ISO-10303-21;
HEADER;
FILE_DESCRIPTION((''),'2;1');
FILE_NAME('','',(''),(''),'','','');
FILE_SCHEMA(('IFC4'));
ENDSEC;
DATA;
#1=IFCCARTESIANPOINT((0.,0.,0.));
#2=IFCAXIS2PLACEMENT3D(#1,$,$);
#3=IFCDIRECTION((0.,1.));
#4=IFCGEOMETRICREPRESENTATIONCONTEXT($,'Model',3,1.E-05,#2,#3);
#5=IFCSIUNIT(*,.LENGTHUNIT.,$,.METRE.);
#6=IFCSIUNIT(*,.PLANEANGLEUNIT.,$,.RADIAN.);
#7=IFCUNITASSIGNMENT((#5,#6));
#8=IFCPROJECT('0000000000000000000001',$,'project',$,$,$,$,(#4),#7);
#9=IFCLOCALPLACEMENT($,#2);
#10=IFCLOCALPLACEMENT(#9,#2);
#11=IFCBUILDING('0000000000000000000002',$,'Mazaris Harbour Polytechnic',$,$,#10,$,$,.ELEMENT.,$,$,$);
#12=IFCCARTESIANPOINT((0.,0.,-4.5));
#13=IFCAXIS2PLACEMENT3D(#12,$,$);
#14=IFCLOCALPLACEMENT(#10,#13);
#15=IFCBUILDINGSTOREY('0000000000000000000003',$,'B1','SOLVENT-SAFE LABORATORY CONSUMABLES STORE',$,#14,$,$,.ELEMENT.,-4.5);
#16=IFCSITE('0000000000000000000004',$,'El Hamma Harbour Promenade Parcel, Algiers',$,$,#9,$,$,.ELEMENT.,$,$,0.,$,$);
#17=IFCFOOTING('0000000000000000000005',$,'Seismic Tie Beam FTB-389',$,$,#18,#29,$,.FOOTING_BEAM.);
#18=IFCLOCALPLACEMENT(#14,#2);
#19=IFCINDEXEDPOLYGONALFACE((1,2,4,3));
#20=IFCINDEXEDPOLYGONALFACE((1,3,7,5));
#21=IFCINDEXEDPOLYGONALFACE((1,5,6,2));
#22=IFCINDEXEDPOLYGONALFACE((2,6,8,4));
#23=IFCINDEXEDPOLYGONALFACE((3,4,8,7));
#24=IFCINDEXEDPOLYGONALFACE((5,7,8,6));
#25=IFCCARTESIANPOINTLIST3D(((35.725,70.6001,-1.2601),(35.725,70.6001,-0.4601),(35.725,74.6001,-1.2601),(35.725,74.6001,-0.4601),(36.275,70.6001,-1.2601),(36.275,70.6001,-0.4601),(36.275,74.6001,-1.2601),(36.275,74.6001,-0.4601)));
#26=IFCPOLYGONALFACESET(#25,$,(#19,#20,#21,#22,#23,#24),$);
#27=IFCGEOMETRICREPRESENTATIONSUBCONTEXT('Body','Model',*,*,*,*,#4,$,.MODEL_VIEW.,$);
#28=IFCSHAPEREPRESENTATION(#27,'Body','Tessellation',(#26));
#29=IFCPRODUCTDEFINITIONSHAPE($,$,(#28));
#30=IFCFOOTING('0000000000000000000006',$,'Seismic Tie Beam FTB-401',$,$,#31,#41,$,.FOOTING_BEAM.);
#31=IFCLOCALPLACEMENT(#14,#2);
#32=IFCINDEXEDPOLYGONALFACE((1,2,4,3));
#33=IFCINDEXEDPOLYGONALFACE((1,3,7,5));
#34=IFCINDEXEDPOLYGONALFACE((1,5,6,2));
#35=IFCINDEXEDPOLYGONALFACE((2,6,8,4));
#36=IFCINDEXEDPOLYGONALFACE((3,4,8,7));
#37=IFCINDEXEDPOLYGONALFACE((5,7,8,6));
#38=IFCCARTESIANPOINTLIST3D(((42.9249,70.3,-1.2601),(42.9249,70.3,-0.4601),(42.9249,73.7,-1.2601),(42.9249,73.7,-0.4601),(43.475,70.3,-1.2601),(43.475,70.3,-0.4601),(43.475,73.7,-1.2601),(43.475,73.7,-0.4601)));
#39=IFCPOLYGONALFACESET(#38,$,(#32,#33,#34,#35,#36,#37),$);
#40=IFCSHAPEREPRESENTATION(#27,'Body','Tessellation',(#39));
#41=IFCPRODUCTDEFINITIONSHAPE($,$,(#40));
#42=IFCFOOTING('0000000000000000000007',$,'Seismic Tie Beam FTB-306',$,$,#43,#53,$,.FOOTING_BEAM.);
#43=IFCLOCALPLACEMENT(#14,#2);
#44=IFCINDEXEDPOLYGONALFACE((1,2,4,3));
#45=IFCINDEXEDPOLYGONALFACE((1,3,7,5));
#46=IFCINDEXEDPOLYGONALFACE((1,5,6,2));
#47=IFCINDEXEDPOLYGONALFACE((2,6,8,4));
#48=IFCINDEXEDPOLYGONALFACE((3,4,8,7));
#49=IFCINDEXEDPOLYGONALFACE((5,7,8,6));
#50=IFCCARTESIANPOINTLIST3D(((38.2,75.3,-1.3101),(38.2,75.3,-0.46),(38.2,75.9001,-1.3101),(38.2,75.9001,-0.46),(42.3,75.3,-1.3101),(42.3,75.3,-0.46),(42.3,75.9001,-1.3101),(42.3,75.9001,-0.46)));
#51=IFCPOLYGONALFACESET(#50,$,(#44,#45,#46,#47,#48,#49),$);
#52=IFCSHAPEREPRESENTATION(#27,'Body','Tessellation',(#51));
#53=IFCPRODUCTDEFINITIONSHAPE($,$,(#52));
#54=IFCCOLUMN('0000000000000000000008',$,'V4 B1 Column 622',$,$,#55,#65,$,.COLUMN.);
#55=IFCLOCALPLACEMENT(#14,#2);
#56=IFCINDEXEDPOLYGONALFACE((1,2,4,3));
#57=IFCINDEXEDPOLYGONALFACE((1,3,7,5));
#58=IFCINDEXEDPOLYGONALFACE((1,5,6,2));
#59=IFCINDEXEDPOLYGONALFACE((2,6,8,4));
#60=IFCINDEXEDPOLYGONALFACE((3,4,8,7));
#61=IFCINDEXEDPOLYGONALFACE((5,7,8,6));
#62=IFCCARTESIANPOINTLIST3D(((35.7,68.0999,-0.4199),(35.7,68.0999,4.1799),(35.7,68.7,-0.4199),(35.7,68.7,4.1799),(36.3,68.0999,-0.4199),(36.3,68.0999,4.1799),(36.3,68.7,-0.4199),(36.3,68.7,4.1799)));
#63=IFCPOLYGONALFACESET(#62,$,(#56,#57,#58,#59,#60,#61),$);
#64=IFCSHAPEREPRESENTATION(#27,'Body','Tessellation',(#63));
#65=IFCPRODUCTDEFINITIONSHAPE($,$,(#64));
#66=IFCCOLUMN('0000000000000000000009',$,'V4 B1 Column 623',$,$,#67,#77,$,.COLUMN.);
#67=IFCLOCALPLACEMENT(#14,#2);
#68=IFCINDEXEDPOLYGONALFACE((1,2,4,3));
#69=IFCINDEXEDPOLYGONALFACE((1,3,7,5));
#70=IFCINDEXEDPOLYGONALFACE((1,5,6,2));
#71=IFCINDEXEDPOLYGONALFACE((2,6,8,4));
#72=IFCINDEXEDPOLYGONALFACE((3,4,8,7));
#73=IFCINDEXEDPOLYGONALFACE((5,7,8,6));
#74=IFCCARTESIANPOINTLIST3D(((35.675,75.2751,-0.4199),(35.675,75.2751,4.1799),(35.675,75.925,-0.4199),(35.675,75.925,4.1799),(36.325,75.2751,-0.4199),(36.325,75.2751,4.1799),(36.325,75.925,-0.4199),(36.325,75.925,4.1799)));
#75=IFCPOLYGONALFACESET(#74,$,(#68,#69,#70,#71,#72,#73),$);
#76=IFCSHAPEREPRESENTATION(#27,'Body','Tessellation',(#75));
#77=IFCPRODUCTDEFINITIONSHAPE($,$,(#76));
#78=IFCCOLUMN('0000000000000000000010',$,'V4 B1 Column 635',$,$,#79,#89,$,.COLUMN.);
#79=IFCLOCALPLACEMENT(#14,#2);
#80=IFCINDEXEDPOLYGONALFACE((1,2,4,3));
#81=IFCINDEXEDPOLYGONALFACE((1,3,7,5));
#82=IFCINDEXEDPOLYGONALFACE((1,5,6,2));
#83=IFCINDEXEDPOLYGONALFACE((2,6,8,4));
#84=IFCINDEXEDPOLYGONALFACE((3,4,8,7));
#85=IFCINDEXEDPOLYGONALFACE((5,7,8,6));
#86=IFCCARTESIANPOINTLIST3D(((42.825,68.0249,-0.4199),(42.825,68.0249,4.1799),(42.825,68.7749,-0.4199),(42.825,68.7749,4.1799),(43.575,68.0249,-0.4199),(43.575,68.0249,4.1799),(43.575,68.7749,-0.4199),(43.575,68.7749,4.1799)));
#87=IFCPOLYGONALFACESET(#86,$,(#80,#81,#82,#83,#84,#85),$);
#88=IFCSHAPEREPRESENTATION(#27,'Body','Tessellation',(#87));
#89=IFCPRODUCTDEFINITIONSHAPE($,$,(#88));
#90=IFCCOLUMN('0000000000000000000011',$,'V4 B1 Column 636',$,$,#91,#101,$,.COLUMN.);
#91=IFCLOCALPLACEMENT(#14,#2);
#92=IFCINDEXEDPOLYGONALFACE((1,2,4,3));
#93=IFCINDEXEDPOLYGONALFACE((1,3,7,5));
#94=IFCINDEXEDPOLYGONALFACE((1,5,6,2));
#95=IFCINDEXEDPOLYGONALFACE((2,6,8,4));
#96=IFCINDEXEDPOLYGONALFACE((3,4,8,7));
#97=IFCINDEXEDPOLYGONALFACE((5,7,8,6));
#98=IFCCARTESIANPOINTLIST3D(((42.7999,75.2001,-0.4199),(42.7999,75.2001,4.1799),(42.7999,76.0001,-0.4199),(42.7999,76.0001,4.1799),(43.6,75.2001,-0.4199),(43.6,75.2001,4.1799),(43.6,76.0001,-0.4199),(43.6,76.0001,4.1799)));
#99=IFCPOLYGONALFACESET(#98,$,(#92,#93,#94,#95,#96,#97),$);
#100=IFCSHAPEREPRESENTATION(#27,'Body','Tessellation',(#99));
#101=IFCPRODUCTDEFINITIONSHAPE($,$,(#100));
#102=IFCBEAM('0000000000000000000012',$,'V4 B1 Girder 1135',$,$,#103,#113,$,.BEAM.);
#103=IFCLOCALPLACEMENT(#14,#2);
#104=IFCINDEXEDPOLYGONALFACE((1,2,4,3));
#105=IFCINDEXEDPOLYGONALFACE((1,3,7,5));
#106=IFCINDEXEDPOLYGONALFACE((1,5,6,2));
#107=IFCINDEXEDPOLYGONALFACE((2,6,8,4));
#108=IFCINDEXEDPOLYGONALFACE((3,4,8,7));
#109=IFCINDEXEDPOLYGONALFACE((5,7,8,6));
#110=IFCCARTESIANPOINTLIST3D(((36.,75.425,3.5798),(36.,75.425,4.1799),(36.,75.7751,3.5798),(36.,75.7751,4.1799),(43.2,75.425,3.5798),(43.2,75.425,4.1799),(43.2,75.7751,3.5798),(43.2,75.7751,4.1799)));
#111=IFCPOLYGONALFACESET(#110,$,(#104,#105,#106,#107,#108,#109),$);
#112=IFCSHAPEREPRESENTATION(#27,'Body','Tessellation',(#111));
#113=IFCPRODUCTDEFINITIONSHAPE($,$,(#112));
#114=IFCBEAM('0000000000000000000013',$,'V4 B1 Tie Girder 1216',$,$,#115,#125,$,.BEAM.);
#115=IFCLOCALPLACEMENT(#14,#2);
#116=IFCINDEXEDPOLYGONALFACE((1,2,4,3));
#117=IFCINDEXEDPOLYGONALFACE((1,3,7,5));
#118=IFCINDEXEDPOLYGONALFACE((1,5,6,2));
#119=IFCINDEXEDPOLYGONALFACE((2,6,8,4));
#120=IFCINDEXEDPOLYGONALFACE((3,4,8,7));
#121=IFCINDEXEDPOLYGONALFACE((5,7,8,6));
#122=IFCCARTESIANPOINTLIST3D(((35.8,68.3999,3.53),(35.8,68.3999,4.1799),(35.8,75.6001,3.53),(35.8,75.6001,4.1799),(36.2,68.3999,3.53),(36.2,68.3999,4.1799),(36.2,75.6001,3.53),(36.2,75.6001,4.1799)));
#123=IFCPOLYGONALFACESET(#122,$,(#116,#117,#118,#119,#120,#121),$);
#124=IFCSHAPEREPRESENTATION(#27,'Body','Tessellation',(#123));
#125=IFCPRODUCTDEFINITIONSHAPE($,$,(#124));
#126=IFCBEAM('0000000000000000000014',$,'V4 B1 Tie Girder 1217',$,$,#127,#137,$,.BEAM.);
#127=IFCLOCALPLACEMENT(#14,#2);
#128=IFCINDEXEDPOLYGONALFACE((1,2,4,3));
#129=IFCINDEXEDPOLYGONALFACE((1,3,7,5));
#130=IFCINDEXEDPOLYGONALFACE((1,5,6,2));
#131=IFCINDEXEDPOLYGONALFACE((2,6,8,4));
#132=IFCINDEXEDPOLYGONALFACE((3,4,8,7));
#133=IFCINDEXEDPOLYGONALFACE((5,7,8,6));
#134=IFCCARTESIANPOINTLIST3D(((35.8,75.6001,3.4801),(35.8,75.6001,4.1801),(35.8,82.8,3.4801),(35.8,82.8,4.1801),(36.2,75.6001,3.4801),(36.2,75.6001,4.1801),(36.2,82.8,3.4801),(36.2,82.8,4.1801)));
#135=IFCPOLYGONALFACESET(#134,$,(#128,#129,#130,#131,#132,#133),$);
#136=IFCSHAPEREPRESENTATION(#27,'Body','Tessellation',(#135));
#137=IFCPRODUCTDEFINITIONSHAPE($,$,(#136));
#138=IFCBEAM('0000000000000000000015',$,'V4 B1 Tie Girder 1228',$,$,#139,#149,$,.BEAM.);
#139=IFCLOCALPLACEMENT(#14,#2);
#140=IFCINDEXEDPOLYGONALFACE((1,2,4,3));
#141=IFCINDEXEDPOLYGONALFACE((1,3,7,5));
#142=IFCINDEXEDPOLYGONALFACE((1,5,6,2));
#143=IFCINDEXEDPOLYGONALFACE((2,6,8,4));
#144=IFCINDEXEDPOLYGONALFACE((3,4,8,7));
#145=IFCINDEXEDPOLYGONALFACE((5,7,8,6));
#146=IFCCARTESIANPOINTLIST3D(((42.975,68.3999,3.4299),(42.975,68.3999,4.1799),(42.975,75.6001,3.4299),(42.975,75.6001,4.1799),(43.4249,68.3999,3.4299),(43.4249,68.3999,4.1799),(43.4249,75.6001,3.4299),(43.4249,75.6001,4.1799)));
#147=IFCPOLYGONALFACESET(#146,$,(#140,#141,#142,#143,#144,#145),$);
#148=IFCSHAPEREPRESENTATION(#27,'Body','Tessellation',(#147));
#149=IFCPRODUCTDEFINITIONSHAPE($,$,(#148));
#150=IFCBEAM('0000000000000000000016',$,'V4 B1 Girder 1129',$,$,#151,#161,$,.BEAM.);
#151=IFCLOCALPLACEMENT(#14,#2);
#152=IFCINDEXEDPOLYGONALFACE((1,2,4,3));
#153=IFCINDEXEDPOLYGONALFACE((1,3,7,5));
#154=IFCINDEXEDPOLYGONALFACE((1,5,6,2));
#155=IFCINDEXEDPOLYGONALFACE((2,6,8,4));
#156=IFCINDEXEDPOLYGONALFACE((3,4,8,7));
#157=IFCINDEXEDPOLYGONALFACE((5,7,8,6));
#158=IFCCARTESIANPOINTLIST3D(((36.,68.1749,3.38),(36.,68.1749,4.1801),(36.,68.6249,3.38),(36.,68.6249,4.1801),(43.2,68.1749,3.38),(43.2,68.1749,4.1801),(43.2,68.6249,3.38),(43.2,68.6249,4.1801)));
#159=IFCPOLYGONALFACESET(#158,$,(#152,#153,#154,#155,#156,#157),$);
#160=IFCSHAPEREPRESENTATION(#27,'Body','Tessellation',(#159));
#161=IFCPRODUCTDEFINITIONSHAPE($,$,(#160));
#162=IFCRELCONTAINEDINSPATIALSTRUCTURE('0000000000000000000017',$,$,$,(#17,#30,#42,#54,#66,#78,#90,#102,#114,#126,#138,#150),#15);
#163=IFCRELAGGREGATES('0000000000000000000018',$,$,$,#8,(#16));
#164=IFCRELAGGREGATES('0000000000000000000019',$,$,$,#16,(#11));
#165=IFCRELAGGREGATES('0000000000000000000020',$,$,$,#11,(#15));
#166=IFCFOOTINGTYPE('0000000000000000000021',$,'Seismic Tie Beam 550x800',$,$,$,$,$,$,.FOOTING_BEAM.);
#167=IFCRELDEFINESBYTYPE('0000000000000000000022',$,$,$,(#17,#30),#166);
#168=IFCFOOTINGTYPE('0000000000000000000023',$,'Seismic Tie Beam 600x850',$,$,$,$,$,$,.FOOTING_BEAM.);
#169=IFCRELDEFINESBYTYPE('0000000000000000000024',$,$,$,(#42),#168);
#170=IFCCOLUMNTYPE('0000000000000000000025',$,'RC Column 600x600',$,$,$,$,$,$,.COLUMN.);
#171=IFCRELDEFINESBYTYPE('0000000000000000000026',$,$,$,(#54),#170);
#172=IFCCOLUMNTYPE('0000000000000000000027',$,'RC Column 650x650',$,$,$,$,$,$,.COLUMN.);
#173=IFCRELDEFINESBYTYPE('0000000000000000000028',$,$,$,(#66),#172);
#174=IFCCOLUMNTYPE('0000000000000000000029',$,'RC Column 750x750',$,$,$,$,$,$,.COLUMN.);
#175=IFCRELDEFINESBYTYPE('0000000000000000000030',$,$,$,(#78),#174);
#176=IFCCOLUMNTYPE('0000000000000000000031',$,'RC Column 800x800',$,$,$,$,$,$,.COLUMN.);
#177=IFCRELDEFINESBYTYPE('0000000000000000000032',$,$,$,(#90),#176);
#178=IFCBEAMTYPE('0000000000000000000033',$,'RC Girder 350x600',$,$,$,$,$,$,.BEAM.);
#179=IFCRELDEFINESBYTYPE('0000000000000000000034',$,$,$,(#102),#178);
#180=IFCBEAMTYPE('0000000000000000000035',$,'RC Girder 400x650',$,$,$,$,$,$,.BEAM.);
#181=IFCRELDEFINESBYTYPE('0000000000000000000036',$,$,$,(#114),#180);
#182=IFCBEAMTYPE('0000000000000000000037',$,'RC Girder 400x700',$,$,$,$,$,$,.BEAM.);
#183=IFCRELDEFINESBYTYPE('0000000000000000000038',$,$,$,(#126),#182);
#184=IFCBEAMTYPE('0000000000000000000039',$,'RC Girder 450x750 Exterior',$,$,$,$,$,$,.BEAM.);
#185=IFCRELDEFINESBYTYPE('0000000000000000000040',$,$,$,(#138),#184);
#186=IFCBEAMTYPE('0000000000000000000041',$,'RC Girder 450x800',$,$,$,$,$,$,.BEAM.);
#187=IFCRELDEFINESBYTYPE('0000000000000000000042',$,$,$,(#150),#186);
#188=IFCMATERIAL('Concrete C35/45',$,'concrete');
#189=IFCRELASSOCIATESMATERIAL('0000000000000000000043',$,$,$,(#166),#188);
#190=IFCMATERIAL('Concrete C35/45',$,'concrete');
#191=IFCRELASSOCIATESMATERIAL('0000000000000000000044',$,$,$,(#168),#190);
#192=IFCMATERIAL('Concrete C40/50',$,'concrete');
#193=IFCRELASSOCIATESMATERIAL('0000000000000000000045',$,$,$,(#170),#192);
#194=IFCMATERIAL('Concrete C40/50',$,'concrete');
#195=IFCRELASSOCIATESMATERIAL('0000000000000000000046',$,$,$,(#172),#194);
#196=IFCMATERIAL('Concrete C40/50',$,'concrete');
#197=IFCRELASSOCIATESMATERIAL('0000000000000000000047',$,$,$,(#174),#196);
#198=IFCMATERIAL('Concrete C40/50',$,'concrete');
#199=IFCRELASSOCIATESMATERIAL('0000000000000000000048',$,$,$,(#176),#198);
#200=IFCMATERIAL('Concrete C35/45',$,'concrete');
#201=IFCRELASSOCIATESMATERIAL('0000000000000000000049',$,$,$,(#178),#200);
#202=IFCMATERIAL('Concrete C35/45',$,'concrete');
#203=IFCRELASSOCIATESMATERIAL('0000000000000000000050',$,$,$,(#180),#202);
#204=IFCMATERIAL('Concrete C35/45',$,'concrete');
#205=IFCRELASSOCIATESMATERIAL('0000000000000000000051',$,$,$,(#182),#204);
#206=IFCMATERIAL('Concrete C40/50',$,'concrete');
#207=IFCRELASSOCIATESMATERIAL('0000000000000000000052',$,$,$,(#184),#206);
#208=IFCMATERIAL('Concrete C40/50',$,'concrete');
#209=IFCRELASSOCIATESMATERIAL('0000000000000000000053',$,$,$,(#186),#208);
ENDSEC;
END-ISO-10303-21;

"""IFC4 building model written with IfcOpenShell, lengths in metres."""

from ifc_helpers import new_model, si_unit, direction, frame, origin, origin_2d, place, context, subcontext, project, spatial, rectangle, extrude, material, material_profile, profile_set, type_object, element, save


model = new_model("IFC4")

# Units and contexts
model_context = context("Model", 3, precision=1e-05, world=origin(), true_north=direction((0.0, 1.0)))
body_context = subcontext(model_context, "Body", "Model", "MODEL_VIEW")
ifc_project = project(units=[si_unit("LENGTHUNIT", "METRE"), si_unit("PLANEANGLEUNIT", "RADIAN")], contexts=[model_context])

# Site, building, storey
site_placement = place(None, origin())
site = spatial("IfcSite", under=ifc_project, at=site_placement, Name="El Hamma Harbour Promenade Parcel, Algiers", CompositionType="ELEMENT", RefElevation=0.0)
building_placement = place(site_placement, origin())
building = spatial("IfcBuilding", under=site, at=building_placement, Name="Mazaris Harbour Polytechnic", CompositionType="ELEMENT")
storey_placement = place(building_placement, frame((0.0, 0.0, -4.5)))
storey = spatial("IfcBuildingStorey", under=building, at=storey_placement, Name="B1", Description="SOLVENT-SAFE LABORATORY CONSUMABLES STORE", CompositionType="ELEMENT", Elevation=-4.5)

# Footings
ifc_material_1 = material(Name="Concrete C35/45", Category="concrete")
ifc_material_profile_1 = material_profile(ifc_material_1, rectangle(XDim=0.55, YDim=0.8, at=origin_2d()), Name="RECT550x800")
ifc_profile_set_1 = profile_set([ifc_material_profile_1], Name="Concrete C35/45")
footing_type_1 = type_object("IfcFootingType", Name="Seismic Tie Beam 550x800", PredefinedType="FOOTING_BEAM", material=ifc_profile_set_1)
footing_1_placement = place(storey_placement, frame((36.0, 70.6001, -0.8601), z_axis=(0.0, 1.0, 0.0), x_axis=(-1.0, 0.0, 0.0)))
element("IfcFooting", 1, at=footing_1_placement, inside=storey, type_object=footing_type_1, Name="Seismic Tie Beam FTB-389", PredefinedType="FOOTING_BEAM", context=body_context, shape_type="SweptSolid", body=[
    extrude(rectangle(XDim=0.55, YDim=0.8, at=origin_2d()), origin(), (0.0, 0.0, 1.0), 4.0),
])
footing_2_placement = place(storey_placement, frame((43.2, 70.3, -0.8601), z_axis=(0.0, 1.0, 0.0), x_axis=(-1.0, 0.0, 0.0)))
element("IfcFooting", 2, at=footing_2_placement, inside=storey, type_object=footing_type_1, Name="Seismic Tie Beam FTB-401", PredefinedType="FOOTING_BEAM", context=body_context, shape_type="SweptSolid", body=[
    extrude(rectangle(XDim=0.55, YDim=0.8, at=origin_2d()), origin(), (0.0, 0.0, 1.0), 3.3999),
])
ifc_material_2 = material(Name="Concrete C35/45", Category="concrete")
ifc_material_profile_2 = material_profile(ifc_material_2, rectangle(XDim=0.6001, YDim=0.8501, at=origin_2d()), Name="RECT600x850")
ifc_profile_set_2 = profile_set([ifc_material_profile_2], Name="Concrete C35/45")
footing_type_2 = type_object("IfcFootingType", Name="Seismic Tie Beam 600x850", PredefinedType="FOOTING_BEAM", material=ifc_profile_set_2)
footing_3_placement = place(storey_placement, frame((38.2, 75.6001, -0.885), z_axis=(1.0, 0.0, 0.0), x_axis=(0.0, 1.0, 0.0)))
element("IfcFooting", 3, at=footing_3_placement, inside=storey, type_object=footing_type_2, Name="Seismic Tie Beam FTB-306", PredefinedType="FOOTING_BEAM", context=body_context, shape_type="SweptSolid", body=[
    extrude(rectangle(XDim=0.6001, YDim=0.8501, at=origin_2d()), origin(), (0.0, 0.0, 1.0), 4.1001),
])

# Columns
ifc_material_3 = material(Name="Concrete C40/50", Category="concrete")
ifc_material_profile_3 = material_profile(ifc_material_3, rectangle(XDim=0.6001, YDim=0.6001, at=origin_2d()), Name="RECT600x600")
ifc_profile_set_3 = profile_set([ifc_material_profile_3], Name="Concrete C40/50")
column_type_1 = type_object("IfcColumnType", Name="RC Column 600x600", PredefinedType="COLUMN", material=ifc_profile_set_3)
column_1_placement = place(storey_placement, frame((36.0, 68.3999, -0.4199), z_axis=(0.0, 0.0, 1.0), x_axis=(1.0, 0.0, 0.0)))
element("IfcColumn", 4, at=column_1_placement, inside=storey, type_object=column_type_1, Name="V4 B1 Column 622", PredefinedType="COLUMN", context=body_context, shape_type="SweptSolid", body=[
    extrude(rectangle(XDim=0.6001, YDim=0.6001, at=origin_2d()), origin(), (0.0, 0.0, 1.0), 4.5999),
])
ifc_material_4 = material(Name="Concrete C40/50", Category="concrete")
ifc_material_profile_4 = material_profile(ifc_material_4, rectangle(XDim=0.6499, YDim=0.6499, at=origin_2d()), Name="RECT650x650")
ifc_profile_set_4 = profile_set([ifc_material_profile_4], Name="Concrete C40/50")
column_type_2 = type_object("IfcColumnType", Name="RC Column 650x650", PredefinedType="COLUMN", material=ifc_profile_set_4)
column_2_placement = place(storey_placement, frame((36.0, 75.6001, -0.4199), z_axis=(0.0, 0.0, 1.0), x_axis=(1.0, 0.0, 0.0)))
element("IfcColumn", 5, at=column_2_placement, inside=storey, type_object=column_type_2, Name="V4 B1 Column 623", PredefinedType="COLUMN", context=body_context, shape_type="SweptSolid", body=[
    extrude(rectangle(XDim=0.6499, YDim=0.6499, at=origin_2d()), origin(), (0.0, 0.0, 1.0), 4.5999),
])
ifc_material_5 = material(Name="Concrete C40/50", Category="concrete")
ifc_material_profile_5 = material_profile(ifc_material_5, rectangle(XDim=0.75, YDim=0.75, at=origin_2d()), Name="RECT750x750")
ifc_profile_set_5 = profile_set([ifc_material_profile_5], Name="Concrete C40/50")
column_type_3 = type_object("IfcColumnType", Name="RC Column 750x750", PredefinedType="COLUMN", material=ifc_profile_set_5)
column_3_placement = place(storey_placement, frame((43.2, 68.3999, -0.4199), z_axis=(0.0, 0.0, 1.0), x_axis=(1.0, 0.0, 0.0)))
element("IfcColumn", 6, at=column_3_placement, inside=storey, type_object=column_type_3, Name="V4 B1 Column 635", PredefinedType="COLUMN", context=body_context, shape_type="SweptSolid", body=[
    extrude(rectangle(XDim=0.75, YDim=0.75, at=origin_2d()), origin(), (0.0, 0.0, 1.0), 4.5999),
])
ifc_material_6 = material(Name="Concrete C40/50", Category="concrete")
ifc_material_profile_6 = material_profile(ifc_material_6, rectangle(XDim=0.8, YDim=0.8, at=origin_2d()), Name="RECT800x800")
ifc_profile_set_6 = profile_set([ifc_material_profile_6], Name="Concrete C40/50")
column_type_4 = type_object("IfcColumnType", Name="RC Column 800x800", PredefinedType="COLUMN", material=ifc_profile_set_6)
column_4_placement = place(storey_placement, frame((43.2, 75.6001, -0.4199), z_axis=(0.0, 0.0, 1.0), x_axis=(1.0, 0.0, 0.0)))
element("IfcColumn", 7, at=column_4_placement, inside=storey, type_object=column_type_4, Name="V4 B1 Column 636", PredefinedType="COLUMN", context=body_context, shape_type="SweptSolid", body=[
    extrude(rectangle(XDim=0.8, YDim=0.8, at=origin_2d()), origin(), (0.0, 0.0, 1.0), 4.5999),
])

# Beams
ifc_material_7 = material(Name="Concrete C35/45", Category="concrete")
ifc_material_profile_7 = material_profile(ifc_material_7, rectangle(XDim=0.3501, YDim=0.6001, at=origin_2d()), Name="RECT350x600")
ifc_profile_set_7 = profile_set([ifc_material_profile_7], Name="Concrete C35/45")
beam_type_1 = type_object("IfcBeamType", Name="RC Girder 350x600", PredefinedType="BEAM", material=ifc_profile_set_7)
beam_1_placement = place(storey_placement, frame((36.0, 75.6001, 3.8799), z_axis=(1.0, 0.0, 0.0), x_axis=(0.0, 1.0, 0.0)))
element("IfcBeam", 8, at=beam_1_placement, inside=storey, type_object=beam_type_1, Name="V4 B1 Girder 1135", PredefinedType="BEAM", context=body_context, shape_type="SweptSolid", body=[
    extrude(rectangle(XDim=0.3501, YDim=0.6001, at=origin_2d()), origin(), (0.0, 0.0, 1.0), 7.2),
])
ifc_material_8 = material(Name="Concrete C35/45", Category="concrete")
ifc_material_profile_8 = material_profile(ifc_material_8, rectangle(XDim=0.3999, YDim=0.6499, at=origin_2d()), Name="RECT400x650")
ifc_profile_set_8 = profile_set([ifc_material_profile_8], Name="Concrete C35/45")
beam_type_2 = type_object("IfcBeamType", Name="RC Girder 400x650", PredefinedType="BEAM", material=ifc_profile_set_8)
beam_2_placement = place(storey_placement, frame((36.0, 68.3999, 3.855), z_axis=(0.0, 1.0, 0.0), x_axis=(-1.0, 0.0, 0.0)))
element("IfcBeam", 9, at=beam_2_placement, inside=storey, type_object=beam_type_2, Name="V4 B1 Tie Girder 1216", PredefinedType="BEAM", context=body_context, shape_type="SweptSolid", body=[
    extrude(rectangle(XDim=0.3999, YDim=0.6499, at=origin_2d()), origin(), (0.0, 0.0, 1.0), 7.2002),
])
ifc_material_9 = material(Name="Concrete C35/45", Category="concrete")
ifc_material_profile_9 = material_profile(ifc_material_9, rectangle(XDim=0.3999, YDim=0.7, at=origin_2d()), Name="RECT400x700")
ifc_profile_set_9 = profile_set([ifc_material_profile_9], Name="Concrete C35/45")
beam_type_3 = type_object("IfcBeamType", Name="RC Girder 400x700", PredefinedType="BEAM", material=ifc_profile_set_9)
beam_3_placement = place(storey_placement, frame((36.0, 75.6001, 3.8301), z_axis=(0.0, 1.0, 0.0), x_axis=(-1.0, 0.0, 0.0)))
element("IfcBeam", 10, at=beam_3_placement, inside=storey, type_object=beam_type_3, Name="V4 B1 Tie Girder 1217", PredefinedType="BEAM", context=body_context, shape_type="SweptSolid", body=[
    extrude(rectangle(XDim=0.3999, YDim=0.7, at=origin_2d()), origin(), (0.0, 0.0, 1.0), 7.2),
])
ifc_material_10 = material(Name="Concrete C40/50", Category="concrete")
ifc_material_profile_10 = material_profile(ifc_material_10, rectangle(XDim=0.45, YDim=0.75, at=origin_2d()), Name="RECT450x750")
ifc_profile_set_10 = profile_set([ifc_material_profile_10], Name="Concrete C40/50")
beam_type_4 = type_object("IfcBeamType", Name="RC Girder 450x750 Exterior", PredefinedType="BEAM", material=ifc_profile_set_10)
beam_4_placement = place(storey_placement, frame((43.2, 68.3999, 3.8049), z_axis=(0.0, 1.0, 0.0), x_axis=(-1.0, 0.0, 0.0)))
element("IfcBeam", 11, at=beam_4_placement, inside=storey, type_object=beam_type_4, Name="V4 B1 Tie Girder 1228", PredefinedType="BEAM", context=body_context, shape_type="SweptSolid", body=[
    extrude(rectangle(XDim=0.45, YDim=0.75, at=origin_2d()), origin(), (0.0, 0.0, 1.0), 7.2002),
])
ifc_material_11 = material(Name="Concrete C40/50", Category="concrete")
ifc_material_profile_11 = material_profile(ifc_material_11, rectangle(XDim=0.45, YDim=0.8, at=origin_2d()), Name="RECT450x800")
ifc_profile_set_11 = profile_set([ifc_material_profile_11], Name="Concrete C40/50")
beam_type_5 = type_object("IfcBeamType", Name="RC Girder 450x800", PredefinedType="BEAM", material=ifc_profile_set_11)
beam_5_placement = place(storey_placement, frame((36.0, 68.3999, 3.78), z_axis=(1.0, 0.0, 0.0), x_axis=(0.0, 1.0, 0.0)))
element("IfcBeam", 12, at=beam_5_placement, inside=storey, type_object=beam_type_5, Name="V4 B1 Girder 1129", PredefinedType="BEAM", context=body_context, shape_type="SweptSolid", body=[
    extrude(rectangle(XDim=0.45, YDim=0.8, at=origin_2d()), origin(), (0.0, 0.0, 1.0), 7.2),
])

save(model, "model.ifc")
